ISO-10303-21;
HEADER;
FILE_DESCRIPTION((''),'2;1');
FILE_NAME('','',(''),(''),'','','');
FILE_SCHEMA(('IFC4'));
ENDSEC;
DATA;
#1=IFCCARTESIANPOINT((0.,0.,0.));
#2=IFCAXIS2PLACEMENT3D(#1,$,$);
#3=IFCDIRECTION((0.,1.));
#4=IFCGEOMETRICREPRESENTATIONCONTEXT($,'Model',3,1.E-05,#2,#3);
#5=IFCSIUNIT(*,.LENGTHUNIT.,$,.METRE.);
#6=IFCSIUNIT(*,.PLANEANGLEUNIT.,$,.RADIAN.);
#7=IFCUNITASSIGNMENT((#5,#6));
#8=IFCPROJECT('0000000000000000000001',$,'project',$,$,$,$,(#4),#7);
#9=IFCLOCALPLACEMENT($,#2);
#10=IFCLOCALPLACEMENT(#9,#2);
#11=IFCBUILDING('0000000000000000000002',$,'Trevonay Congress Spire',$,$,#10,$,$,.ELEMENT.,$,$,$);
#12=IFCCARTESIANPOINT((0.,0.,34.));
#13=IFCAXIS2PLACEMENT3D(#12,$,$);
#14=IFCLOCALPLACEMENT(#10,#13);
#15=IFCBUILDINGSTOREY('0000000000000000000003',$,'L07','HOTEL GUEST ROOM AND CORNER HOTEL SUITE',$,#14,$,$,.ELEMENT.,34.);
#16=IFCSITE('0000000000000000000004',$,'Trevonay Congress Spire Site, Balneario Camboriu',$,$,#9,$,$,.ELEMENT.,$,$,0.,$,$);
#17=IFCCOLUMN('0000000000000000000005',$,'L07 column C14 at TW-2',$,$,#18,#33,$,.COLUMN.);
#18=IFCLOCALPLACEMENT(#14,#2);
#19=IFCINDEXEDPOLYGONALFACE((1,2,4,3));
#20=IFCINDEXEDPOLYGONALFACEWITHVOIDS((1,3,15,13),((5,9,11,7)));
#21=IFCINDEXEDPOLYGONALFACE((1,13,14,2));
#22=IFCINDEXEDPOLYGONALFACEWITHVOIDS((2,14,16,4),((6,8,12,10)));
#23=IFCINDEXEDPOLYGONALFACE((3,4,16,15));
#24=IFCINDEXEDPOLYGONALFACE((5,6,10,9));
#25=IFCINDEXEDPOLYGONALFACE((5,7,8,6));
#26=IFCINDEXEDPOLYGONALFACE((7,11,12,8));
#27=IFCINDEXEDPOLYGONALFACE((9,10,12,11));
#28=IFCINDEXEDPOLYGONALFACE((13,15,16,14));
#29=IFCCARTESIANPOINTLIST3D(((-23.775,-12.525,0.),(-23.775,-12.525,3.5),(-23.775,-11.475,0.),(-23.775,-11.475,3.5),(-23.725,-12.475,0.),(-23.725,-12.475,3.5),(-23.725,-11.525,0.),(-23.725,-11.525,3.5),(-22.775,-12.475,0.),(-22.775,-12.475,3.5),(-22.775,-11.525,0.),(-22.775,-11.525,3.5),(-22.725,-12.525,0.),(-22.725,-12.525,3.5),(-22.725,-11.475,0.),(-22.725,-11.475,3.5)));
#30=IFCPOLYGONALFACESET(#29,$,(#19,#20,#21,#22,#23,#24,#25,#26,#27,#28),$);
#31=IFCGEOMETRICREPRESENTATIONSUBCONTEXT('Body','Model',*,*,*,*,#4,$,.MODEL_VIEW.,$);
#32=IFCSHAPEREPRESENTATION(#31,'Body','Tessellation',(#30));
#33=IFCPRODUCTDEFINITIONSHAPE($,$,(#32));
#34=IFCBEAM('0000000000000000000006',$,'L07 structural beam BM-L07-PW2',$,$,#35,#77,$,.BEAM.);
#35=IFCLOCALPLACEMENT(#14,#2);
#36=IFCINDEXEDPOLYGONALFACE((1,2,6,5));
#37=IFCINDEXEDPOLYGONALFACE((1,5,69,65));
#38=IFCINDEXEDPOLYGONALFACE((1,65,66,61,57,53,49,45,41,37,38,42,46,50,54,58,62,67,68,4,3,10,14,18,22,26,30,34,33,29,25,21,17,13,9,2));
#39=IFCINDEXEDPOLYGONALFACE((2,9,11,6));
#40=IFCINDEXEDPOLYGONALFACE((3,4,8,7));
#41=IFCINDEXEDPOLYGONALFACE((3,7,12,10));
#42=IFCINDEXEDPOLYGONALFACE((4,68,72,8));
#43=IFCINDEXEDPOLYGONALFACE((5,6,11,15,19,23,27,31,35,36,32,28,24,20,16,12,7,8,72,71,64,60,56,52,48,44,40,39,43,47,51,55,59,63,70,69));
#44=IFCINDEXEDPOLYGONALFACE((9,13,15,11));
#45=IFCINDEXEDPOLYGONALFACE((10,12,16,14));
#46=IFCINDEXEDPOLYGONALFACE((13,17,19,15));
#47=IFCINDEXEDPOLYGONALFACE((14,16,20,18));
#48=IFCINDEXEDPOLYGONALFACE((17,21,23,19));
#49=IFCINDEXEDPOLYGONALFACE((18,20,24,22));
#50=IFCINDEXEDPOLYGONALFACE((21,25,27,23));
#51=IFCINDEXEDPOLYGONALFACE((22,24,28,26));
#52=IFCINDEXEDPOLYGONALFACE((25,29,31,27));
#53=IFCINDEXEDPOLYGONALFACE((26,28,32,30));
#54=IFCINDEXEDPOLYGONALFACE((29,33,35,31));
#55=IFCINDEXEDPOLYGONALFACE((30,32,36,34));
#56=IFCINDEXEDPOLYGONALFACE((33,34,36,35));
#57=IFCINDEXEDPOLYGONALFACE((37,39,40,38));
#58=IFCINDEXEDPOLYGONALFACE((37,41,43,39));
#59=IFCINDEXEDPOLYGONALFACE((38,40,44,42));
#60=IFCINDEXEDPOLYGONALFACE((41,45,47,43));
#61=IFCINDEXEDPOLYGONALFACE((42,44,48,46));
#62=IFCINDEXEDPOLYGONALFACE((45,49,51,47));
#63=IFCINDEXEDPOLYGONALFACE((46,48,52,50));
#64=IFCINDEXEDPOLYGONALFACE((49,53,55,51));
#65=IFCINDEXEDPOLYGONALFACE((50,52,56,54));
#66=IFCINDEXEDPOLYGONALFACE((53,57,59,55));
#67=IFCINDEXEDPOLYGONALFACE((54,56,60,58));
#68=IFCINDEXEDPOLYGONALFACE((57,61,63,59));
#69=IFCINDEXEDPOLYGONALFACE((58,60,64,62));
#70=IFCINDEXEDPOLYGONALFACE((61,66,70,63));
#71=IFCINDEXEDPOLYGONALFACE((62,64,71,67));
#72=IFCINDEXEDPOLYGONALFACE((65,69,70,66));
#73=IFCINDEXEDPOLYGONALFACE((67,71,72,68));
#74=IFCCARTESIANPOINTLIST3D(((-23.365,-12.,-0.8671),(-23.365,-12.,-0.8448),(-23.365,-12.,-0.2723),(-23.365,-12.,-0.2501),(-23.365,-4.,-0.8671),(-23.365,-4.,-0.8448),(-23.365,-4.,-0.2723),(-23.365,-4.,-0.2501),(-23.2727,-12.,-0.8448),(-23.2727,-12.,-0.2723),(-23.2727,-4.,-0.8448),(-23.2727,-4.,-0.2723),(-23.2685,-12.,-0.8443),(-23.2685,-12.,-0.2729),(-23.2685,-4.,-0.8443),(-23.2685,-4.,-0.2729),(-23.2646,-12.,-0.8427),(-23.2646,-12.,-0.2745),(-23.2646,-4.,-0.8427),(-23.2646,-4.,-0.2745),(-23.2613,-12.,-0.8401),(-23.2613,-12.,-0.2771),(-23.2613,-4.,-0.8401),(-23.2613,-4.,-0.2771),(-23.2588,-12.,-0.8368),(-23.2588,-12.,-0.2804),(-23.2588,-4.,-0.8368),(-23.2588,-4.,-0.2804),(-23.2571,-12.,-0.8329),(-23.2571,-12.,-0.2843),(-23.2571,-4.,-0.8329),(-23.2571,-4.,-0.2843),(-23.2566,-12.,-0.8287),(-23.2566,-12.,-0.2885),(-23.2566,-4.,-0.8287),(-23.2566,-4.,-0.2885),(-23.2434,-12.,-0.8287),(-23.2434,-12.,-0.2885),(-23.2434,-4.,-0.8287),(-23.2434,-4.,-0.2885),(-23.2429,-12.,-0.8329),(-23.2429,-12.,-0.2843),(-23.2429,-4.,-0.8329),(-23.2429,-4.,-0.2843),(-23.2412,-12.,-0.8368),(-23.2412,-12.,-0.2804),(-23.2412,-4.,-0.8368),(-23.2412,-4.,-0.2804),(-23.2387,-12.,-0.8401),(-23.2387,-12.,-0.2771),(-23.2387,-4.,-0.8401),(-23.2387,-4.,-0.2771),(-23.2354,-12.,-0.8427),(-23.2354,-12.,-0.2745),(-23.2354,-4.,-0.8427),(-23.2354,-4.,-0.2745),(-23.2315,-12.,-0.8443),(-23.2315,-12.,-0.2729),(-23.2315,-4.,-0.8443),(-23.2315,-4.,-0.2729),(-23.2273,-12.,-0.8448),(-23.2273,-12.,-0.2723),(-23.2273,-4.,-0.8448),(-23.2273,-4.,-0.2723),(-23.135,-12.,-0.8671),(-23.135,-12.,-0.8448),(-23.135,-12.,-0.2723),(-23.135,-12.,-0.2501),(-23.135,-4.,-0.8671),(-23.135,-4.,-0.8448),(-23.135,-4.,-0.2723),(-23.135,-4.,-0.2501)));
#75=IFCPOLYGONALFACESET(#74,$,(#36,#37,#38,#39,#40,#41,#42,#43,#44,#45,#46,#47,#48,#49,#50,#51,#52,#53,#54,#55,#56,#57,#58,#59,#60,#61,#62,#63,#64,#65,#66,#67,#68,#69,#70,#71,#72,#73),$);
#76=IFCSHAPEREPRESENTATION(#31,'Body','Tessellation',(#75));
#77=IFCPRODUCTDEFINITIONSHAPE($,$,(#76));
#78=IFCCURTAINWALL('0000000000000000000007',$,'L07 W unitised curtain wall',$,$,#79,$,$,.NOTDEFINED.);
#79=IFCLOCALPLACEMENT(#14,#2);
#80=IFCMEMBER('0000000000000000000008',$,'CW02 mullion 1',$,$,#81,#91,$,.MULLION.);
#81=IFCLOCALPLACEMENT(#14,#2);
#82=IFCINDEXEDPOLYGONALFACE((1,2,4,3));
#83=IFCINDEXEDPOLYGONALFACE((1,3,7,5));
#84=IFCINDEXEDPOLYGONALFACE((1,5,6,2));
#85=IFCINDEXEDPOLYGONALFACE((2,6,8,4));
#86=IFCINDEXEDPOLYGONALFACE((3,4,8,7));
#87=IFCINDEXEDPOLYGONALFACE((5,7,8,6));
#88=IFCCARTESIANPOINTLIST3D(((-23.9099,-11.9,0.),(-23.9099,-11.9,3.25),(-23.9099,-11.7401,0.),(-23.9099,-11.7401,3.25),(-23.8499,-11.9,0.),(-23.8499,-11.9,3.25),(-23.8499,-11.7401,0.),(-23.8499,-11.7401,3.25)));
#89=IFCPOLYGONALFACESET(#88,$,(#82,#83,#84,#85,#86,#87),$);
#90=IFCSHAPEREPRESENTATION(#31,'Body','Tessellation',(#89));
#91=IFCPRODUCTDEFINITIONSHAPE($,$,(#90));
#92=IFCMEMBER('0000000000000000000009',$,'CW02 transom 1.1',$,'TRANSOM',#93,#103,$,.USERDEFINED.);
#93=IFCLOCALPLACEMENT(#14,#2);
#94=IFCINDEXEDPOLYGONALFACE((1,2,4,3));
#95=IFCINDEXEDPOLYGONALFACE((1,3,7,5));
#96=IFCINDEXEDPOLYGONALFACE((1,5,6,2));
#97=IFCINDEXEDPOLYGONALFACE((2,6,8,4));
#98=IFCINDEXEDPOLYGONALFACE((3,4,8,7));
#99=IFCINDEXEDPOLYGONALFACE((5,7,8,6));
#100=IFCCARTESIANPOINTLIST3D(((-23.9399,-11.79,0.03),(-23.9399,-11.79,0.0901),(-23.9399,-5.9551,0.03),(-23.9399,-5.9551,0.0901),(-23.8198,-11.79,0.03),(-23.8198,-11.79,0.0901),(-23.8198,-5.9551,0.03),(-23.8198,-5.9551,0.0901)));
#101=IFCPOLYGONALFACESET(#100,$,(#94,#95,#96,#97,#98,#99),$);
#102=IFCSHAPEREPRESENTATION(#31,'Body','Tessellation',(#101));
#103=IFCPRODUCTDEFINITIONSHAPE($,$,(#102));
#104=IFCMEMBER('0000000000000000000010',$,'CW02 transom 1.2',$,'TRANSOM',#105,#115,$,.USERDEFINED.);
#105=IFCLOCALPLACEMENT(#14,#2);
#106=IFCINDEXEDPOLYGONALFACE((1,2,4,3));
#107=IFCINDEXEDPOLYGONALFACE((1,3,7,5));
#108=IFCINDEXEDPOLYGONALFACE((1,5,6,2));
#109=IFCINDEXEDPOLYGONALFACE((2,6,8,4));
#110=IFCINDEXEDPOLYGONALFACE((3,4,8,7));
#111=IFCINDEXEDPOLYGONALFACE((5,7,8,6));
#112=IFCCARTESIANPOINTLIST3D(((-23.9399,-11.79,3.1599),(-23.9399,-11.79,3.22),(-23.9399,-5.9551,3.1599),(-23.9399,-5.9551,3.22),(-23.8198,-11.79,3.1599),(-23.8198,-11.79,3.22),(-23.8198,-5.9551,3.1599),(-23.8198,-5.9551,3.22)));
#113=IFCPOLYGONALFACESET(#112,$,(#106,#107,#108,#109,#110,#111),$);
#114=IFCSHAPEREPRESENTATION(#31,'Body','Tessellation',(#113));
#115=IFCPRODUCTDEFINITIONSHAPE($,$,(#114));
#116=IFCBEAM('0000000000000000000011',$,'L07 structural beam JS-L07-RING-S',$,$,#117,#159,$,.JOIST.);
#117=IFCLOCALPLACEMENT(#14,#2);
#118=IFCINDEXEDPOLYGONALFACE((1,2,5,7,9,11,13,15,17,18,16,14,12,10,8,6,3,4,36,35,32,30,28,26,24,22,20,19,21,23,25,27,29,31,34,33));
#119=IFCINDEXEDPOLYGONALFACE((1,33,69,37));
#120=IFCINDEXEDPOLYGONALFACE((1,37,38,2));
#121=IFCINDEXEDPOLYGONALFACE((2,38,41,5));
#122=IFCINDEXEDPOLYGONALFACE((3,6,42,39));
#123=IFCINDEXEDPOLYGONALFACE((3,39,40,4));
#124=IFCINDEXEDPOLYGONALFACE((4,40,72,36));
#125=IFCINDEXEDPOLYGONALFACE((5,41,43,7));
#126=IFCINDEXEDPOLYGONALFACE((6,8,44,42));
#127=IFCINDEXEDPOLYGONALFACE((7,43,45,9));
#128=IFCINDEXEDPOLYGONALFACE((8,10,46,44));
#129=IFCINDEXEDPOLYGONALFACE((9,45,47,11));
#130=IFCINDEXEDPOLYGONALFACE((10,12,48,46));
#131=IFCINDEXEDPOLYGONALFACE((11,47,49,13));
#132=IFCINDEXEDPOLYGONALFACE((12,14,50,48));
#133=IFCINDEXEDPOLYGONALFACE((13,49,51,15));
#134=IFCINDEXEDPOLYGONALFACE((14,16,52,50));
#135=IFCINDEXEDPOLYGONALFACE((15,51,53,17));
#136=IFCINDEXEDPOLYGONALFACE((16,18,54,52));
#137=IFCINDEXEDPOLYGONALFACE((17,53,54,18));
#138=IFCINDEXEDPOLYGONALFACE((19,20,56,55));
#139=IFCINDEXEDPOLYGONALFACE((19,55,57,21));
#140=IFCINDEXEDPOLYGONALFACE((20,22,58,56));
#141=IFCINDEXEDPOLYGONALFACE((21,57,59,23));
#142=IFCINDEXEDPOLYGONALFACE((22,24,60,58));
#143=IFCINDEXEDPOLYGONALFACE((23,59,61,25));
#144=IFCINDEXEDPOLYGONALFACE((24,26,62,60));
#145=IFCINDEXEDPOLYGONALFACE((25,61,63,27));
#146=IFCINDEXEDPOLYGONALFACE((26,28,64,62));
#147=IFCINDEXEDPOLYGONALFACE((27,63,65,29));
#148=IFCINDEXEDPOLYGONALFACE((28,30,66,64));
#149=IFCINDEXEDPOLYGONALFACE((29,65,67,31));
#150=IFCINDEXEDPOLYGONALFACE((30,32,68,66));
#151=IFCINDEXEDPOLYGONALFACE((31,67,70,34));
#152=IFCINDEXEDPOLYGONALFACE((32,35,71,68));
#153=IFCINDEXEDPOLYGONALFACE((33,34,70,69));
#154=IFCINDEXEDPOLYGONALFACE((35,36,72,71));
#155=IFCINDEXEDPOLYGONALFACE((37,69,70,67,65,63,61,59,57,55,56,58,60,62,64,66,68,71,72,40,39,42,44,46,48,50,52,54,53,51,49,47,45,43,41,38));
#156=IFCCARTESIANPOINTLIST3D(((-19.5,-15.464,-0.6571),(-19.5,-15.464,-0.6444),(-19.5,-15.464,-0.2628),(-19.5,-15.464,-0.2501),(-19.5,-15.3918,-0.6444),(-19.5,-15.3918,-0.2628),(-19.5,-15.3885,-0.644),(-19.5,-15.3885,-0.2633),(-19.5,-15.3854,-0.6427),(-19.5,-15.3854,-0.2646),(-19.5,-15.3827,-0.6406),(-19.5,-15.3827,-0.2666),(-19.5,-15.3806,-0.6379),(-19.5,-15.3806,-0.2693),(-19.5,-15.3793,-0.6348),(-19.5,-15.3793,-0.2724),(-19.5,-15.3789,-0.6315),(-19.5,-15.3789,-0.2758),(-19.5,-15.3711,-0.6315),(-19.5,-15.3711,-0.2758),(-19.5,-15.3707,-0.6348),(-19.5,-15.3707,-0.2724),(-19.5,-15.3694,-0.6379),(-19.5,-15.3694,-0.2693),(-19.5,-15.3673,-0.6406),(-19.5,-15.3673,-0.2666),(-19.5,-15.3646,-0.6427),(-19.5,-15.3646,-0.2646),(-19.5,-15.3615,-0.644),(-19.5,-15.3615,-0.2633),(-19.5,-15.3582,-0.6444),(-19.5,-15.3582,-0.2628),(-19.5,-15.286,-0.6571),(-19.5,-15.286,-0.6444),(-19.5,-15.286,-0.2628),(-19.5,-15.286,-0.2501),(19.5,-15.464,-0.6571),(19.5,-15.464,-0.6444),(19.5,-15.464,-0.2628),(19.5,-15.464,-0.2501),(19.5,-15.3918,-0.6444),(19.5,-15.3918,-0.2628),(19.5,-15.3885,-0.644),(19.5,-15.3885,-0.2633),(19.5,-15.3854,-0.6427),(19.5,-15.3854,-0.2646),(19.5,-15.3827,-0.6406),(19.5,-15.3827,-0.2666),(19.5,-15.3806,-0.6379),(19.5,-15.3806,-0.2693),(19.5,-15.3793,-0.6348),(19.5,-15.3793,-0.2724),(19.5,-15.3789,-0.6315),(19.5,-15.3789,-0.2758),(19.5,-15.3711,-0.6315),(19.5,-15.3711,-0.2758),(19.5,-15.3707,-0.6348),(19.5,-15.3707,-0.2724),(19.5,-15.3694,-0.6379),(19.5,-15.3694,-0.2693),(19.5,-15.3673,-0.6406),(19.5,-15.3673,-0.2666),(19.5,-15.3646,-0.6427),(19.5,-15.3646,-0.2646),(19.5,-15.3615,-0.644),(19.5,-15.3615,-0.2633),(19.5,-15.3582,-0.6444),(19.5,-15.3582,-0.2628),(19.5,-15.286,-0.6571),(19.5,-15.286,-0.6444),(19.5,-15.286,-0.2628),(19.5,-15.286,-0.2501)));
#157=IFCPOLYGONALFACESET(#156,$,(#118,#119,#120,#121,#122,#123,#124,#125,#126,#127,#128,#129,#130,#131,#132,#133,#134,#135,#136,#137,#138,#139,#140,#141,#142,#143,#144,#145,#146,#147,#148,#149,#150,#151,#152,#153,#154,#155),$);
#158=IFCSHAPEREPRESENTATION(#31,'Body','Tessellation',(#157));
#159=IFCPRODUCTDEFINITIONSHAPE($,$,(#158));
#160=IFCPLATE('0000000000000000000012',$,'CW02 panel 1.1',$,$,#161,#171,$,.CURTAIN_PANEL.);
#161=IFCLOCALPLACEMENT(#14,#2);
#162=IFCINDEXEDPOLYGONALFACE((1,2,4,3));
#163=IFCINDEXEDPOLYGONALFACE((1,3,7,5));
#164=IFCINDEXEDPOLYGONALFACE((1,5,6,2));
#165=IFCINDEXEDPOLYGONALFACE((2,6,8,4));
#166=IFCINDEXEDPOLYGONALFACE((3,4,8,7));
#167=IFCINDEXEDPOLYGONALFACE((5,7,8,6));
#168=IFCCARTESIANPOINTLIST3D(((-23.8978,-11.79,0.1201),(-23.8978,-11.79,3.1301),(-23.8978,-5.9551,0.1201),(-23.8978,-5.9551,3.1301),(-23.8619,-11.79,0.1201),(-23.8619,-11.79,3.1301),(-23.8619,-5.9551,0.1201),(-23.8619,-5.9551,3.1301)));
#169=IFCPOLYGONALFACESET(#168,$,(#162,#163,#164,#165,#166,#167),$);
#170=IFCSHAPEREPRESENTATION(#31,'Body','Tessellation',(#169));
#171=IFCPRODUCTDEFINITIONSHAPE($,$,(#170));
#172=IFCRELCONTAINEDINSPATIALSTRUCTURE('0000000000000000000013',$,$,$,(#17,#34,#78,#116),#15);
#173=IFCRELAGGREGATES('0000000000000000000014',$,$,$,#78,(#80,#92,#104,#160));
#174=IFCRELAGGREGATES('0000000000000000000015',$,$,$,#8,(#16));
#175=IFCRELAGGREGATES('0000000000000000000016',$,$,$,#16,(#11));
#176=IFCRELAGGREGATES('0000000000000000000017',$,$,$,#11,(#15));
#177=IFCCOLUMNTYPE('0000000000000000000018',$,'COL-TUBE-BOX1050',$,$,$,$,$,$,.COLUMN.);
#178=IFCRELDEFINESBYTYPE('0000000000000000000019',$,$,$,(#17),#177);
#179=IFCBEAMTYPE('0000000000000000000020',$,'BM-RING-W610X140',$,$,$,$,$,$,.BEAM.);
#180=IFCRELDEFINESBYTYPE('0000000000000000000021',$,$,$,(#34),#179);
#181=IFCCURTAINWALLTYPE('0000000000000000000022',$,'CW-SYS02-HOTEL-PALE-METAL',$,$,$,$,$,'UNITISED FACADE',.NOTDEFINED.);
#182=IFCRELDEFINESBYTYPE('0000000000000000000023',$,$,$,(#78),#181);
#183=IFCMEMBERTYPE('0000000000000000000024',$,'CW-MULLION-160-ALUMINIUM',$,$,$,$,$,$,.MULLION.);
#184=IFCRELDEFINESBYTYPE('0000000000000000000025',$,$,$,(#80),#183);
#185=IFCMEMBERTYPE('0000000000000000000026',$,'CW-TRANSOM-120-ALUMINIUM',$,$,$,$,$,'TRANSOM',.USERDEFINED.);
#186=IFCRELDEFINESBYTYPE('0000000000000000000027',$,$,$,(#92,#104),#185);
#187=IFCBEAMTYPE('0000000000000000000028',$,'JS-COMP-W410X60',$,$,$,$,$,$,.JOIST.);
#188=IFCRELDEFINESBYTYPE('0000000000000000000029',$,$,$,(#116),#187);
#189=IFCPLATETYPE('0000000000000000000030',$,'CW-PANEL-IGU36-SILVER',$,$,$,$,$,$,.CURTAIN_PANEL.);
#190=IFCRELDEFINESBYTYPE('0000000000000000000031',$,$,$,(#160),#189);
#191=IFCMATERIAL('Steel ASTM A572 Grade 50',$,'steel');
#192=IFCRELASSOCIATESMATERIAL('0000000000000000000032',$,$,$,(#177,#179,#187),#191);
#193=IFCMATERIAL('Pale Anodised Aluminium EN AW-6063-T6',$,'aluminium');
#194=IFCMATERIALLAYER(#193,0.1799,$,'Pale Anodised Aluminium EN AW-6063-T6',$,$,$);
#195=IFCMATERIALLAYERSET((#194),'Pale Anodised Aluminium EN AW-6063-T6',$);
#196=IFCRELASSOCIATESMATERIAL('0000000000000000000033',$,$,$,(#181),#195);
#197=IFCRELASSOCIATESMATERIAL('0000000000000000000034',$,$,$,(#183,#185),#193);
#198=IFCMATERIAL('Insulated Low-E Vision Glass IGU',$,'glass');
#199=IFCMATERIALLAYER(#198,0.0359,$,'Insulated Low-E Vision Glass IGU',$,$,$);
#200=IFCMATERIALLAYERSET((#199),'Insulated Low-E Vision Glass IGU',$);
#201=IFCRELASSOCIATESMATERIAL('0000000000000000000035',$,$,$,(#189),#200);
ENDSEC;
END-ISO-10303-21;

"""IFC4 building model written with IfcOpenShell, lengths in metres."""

from ifc_helpers import new_model, si_unit, direction, frame, origin, origin_2d, place, context, subcontext, project, spatial, rectangle, hollow_rectangle, i_section, extrude, material, layer, layer_set, material_profile, profile_set, type_object, element, aggregate, save


model = new_model("IFC4")

# Units and contexts
model_context = context("Model", 3, precision=1e-05, world=origin(), true_north=direction((0.0, 1.0)))
body_context = subcontext(model_context, "Body", "Model", "MODEL_VIEW")
ifc_project = project(units=[si_unit("LENGTHUNIT", "METRE"), si_unit("PLANEANGLEUNIT", "RADIAN")], contexts=[model_context])

# Site, building, storey
site_placement = place(None, origin())
site = spatial("IfcSite", under=ifc_project, at=site_placement, Name="Trevonay Congress Spire Site, Balneario Camboriu", CompositionType="ELEMENT", RefElevation=0.0)
building_placement = place(site_placement, origin())
building = spatial("IfcBuilding", under=site, at=building_placement, Name="Trevonay Congress Spire", CompositionType="ELEMENT")
storey_placement = place(building_placement, frame((0.0, 0.0, 34.0)))
storey = spatial("IfcBuildingStorey", under=building, at=storey_placement, Name="L07", Description="HOTEL GUEST ROOM AND CORNER HOTEL SUITE", CompositionType="ELEMENT", Elevation=34.0)

# Column
ifc_material_1 = material(Name="Steel ASTM A572 Grade 50", Category="steel")
ifc_material_profile_1 = material_profile(ifc_material_1, hollow_rectangle(XDim=1.05, YDim=1.05, WallThickness=0.05, at=origin_2d()), Name="BOX 1050x1050x50")
ifc_profile_set_1 = profile_set([ifc_material_profile_1], Name="Steel ASTM A572 Grade 50")
column_type = type_object("IfcColumnType", Name="COL-TUBE-BOX1050", PredefinedType="COLUMN", material=ifc_profile_set_1)
column_placement = place(storey_placement, frame((-23.25, -12.0, 0.0), z_axis=(0.0, 0.0, 1.0), x_axis=(1.0, 0.0, 0.0)))
element("IfcColumn", 1, at=column_placement, inside=storey, type_object=column_type, Name="L07 column C14 at TW-2", PredefinedType="COLUMN", context=body_context, shape_type="SweptSolid", body=[
    extrude(hollow_rectangle(XDim=1.05, YDim=1.05, WallThickness=0.05, at=origin_2d()), origin(), (0.0, 0.0, 1.0), 3.5),
])

# Beam
ifc_material_profile_2 = material_profile(ifc_material_1, i_section(OverallWidth=0.23, OverallDepth=0.6169, WebThickness=0.0132, FlangeThickness=0.0222, FilletRadius=0.0161, at=origin_2d()), Name="W610x140")
ifc_profile_set_2 = profile_set([ifc_material_profile_2], Name="Steel ASTM A572 Grade 50")
beam_type_1 = type_object("IfcBeamType", Name="BM-RING-W610X140", PredefinedType="BEAM", material=ifc_profile_set_2)
beam_1_placement = place(storey_placement, frame((-23.25, -12.0, -0.5586), z_axis=(0.0, 1.0, 0.0), x_axis=(-1.0, 0.0, 0.0)))
element("IfcBeam", 2, at=beam_1_placement, inside=storey, type_object=beam_type_1, Name="L07 structural beam BM-L07-PW2", PredefinedType="BEAM", context=body_context, shape_type="SweptSolid", body=[
    extrude(i_section(OverallWidth=0.23, OverallDepth=0.6169, WebThickness=0.0132, FlangeThickness=0.0222, FilletRadius=0.0161, at=origin_2d()), origin(), (0.0, 0.0, 1.0), 8.0),
])

# Curtain wall, members
ifc_material_2 = material(Name="Pale Anodised Aluminium EN AW-6063-T6", Category="aluminium")
ifc_layer_1 = layer(ifc_material_2, 0.1799, Name="Pale Anodised Aluminium EN AW-6063-T6")
ifc_layer_set_1 = layer_set([ifc_layer_1], Name="Pale Anodised Aluminium EN AW-6063-T6")
curtain_wall_type = type_object("IfcCurtainWallType", Name="CW-SYS02-HOTEL-PALE-METAL", ElementType="UNITISED FACADE", PredefinedType="NOTDEFINED", material=ifc_layer_set_1)
curtain_wall_placement = place(storey_placement, origin())
curtain_wall = element("IfcCurtainWall", 3, at=curtain_wall_placement, inside=storey, type_object=curtain_wall_type, Name="L07 W unitised curtain wall", PredefinedType="NOTDEFINED")
ifc_material_profile_3 = material_profile(ifc_material_2, rectangle(XDim=0.0601, YDim=0.1599, at=origin_2d()), Name="CW-MULLION-160-ALUMINIUM")
ifc_profile_set_3 = profile_set([ifc_material_profile_3], Name="Pale Anodised Aluminium EN AW-6063-T6")
member_type_1 = type_object("IfcMemberType", Name="CW-MULLION-160-ALUMINIUM", PredefinedType="MULLION", material=ifc_profile_set_3)
member_1_placement = place(storey_placement, frame((-23.8799, -11.8201, 0.0), z_axis=(0.0, 0.0, 1.0), x_axis=(-1.0, 0.0, 0.0)))
member_1 = element("IfcMember", 4, at=member_1_placement, type_object=member_type_1, Name="CW02 mullion 1", PredefinedType="MULLION", context=body_context, shape_type="SweptSolid", body=[
    extrude(rectangle(XDim=0.0601, YDim=0.1599, at=origin_2d()), origin(), (0.0, 0.0, 1.0), 3.25),
])
ifc_material_profile_4 = material_profile(ifc_material_2, rectangle(XDim=0.1201, YDim=0.0601, at=origin_2d()), Name="CW-TRANSOM-120-ALUMINIUM")
ifc_profile_set_4 = profile_set([ifc_material_profile_4], Name="Pale Anodised Aluminium EN AW-6063-T6")
member_type_2 = type_object("IfcMemberType", Name="CW-TRANSOM-120-ALUMINIUM", ElementType="TRANSOM", PredefinedType="USERDEFINED", material=ifc_profile_set_4)
member_2_placement = place(storey_placement, frame((-23.8799, -11.79, 0.0601), z_axis=(0.0, 1.0, 0.0), x_axis=(-1.0, 0.0, 0.0)))
member_2 = element("IfcMember", 5, at=member_2_placement, type_object=member_type_2, Name="CW02 transom 1.1", ObjectType="TRANSOM", PredefinedType="USERDEFINED", context=body_context, shape_type="SweptSolid", body=[
    extrude(rectangle(XDim=0.1201, YDim=0.0601, at=origin_2d()), origin(), (0.0, 0.0, 1.0), 5.835),
])
member_3_placement = place(storey_placement, frame((-23.8799, -11.79, 3.1899), z_axis=(0.0, 1.0, 0.0), x_axis=(-1.0, 0.0, 0.0)))
member_3 = element("IfcMember", 6, at=member_3_placement, type_object=member_type_2, Name="CW02 transom 1.2", ObjectType="TRANSOM", PredefinedType="USERDEFINED", context=body_context, shape_type="SweptSolid", body=[
    extrude(rectangle(XDim=0.1201, YDim=0.0601, at=origin_2d()), origin(), (0.0, 0.0, 1.0), 5.835),
])

# Beam
ifc_material_profile_5 = material_profile(ifc_material_1, i_section(OverallWidth=0.178, OverallDepth=0.407, WebThickness=0.0078, FlangeThickness=0.0127, FilletRadius=0.0129, at=origin_2d()), Name="W410x60")
ifc_profile_set_5 = profile_set([ifc_material_profile_5], Name="Steel ASTM A572 Grade 50")
beam_type_2 = type_object("IfcBeamType", Name="JS-COMP-W410X60", PredefinedType="JOIST", material=ifc_profile_set_5)
beam_2_placement = place(storey_placement, frame((-19.5, -15.375, -0.4536), z_axis=(1.0, 0.0, 0.0), x_axis=(0.0, 1.0, 0.0)))
element("IfcBeam", 7, at=beam_2_placement, inside=storey, type_object=beam_type_2, Name="L07 structural beam JS-L07-RING-S", PredefinedType="JOIST", context=body_context, shape_type="SweptSolid", body=[
    extrude(i_section(OverallWidth=0.178, OverallDepth=0.407, WebThickness=0.0078, FlangeThickness=0.0127, FilletRadius=0.0129, at=origin_2d()), origin(), (0.0, 0.0, 1.0), 39.0),
])

# Plate
ifc_material_3 = material(Name="Insulated Low-E Vision Glass IGU", Category="glass")
ifc_layer_2 = layer(ifc_material_3, 0.0359, Name="Insulated Low-E Vision Glass IGU")
ifc_layer_set_2 = layer_set([ifc_layer_2], Name="Insulated Low-E Vision Glass IGU")
plate_type = type_object("IfcPlateType", Name="CW-PANEL-IGU36-SILVER", PredefinedType="CURTAIN_PANEL", material=ifc_layer_set_2)
plate_placement = place(storey_placement, frame((-23.8799, -8.8726, 0.1201), z_axis=(0.0, 0.0, 1.0), x_axis=(0.0, 1.0, 0.0)))
plate = element("IfcPlate", 8, at=plate_placement, type_object=plate_type, Name="CW02 panel 1.1", PredefinedType="CURTAIN_PANEL", context=body_context, shape_type="SweptSolid", body=[
    extrude(rectangle(XDim=5.835, YDim=0.0359, at=origin_2d()), origin(), (0.0, 0.0, 1.0), 3.01),
])
aggregate(curtain_wall, [member_1, member_2, member_3, plate])

save(model, "model.ifc")
